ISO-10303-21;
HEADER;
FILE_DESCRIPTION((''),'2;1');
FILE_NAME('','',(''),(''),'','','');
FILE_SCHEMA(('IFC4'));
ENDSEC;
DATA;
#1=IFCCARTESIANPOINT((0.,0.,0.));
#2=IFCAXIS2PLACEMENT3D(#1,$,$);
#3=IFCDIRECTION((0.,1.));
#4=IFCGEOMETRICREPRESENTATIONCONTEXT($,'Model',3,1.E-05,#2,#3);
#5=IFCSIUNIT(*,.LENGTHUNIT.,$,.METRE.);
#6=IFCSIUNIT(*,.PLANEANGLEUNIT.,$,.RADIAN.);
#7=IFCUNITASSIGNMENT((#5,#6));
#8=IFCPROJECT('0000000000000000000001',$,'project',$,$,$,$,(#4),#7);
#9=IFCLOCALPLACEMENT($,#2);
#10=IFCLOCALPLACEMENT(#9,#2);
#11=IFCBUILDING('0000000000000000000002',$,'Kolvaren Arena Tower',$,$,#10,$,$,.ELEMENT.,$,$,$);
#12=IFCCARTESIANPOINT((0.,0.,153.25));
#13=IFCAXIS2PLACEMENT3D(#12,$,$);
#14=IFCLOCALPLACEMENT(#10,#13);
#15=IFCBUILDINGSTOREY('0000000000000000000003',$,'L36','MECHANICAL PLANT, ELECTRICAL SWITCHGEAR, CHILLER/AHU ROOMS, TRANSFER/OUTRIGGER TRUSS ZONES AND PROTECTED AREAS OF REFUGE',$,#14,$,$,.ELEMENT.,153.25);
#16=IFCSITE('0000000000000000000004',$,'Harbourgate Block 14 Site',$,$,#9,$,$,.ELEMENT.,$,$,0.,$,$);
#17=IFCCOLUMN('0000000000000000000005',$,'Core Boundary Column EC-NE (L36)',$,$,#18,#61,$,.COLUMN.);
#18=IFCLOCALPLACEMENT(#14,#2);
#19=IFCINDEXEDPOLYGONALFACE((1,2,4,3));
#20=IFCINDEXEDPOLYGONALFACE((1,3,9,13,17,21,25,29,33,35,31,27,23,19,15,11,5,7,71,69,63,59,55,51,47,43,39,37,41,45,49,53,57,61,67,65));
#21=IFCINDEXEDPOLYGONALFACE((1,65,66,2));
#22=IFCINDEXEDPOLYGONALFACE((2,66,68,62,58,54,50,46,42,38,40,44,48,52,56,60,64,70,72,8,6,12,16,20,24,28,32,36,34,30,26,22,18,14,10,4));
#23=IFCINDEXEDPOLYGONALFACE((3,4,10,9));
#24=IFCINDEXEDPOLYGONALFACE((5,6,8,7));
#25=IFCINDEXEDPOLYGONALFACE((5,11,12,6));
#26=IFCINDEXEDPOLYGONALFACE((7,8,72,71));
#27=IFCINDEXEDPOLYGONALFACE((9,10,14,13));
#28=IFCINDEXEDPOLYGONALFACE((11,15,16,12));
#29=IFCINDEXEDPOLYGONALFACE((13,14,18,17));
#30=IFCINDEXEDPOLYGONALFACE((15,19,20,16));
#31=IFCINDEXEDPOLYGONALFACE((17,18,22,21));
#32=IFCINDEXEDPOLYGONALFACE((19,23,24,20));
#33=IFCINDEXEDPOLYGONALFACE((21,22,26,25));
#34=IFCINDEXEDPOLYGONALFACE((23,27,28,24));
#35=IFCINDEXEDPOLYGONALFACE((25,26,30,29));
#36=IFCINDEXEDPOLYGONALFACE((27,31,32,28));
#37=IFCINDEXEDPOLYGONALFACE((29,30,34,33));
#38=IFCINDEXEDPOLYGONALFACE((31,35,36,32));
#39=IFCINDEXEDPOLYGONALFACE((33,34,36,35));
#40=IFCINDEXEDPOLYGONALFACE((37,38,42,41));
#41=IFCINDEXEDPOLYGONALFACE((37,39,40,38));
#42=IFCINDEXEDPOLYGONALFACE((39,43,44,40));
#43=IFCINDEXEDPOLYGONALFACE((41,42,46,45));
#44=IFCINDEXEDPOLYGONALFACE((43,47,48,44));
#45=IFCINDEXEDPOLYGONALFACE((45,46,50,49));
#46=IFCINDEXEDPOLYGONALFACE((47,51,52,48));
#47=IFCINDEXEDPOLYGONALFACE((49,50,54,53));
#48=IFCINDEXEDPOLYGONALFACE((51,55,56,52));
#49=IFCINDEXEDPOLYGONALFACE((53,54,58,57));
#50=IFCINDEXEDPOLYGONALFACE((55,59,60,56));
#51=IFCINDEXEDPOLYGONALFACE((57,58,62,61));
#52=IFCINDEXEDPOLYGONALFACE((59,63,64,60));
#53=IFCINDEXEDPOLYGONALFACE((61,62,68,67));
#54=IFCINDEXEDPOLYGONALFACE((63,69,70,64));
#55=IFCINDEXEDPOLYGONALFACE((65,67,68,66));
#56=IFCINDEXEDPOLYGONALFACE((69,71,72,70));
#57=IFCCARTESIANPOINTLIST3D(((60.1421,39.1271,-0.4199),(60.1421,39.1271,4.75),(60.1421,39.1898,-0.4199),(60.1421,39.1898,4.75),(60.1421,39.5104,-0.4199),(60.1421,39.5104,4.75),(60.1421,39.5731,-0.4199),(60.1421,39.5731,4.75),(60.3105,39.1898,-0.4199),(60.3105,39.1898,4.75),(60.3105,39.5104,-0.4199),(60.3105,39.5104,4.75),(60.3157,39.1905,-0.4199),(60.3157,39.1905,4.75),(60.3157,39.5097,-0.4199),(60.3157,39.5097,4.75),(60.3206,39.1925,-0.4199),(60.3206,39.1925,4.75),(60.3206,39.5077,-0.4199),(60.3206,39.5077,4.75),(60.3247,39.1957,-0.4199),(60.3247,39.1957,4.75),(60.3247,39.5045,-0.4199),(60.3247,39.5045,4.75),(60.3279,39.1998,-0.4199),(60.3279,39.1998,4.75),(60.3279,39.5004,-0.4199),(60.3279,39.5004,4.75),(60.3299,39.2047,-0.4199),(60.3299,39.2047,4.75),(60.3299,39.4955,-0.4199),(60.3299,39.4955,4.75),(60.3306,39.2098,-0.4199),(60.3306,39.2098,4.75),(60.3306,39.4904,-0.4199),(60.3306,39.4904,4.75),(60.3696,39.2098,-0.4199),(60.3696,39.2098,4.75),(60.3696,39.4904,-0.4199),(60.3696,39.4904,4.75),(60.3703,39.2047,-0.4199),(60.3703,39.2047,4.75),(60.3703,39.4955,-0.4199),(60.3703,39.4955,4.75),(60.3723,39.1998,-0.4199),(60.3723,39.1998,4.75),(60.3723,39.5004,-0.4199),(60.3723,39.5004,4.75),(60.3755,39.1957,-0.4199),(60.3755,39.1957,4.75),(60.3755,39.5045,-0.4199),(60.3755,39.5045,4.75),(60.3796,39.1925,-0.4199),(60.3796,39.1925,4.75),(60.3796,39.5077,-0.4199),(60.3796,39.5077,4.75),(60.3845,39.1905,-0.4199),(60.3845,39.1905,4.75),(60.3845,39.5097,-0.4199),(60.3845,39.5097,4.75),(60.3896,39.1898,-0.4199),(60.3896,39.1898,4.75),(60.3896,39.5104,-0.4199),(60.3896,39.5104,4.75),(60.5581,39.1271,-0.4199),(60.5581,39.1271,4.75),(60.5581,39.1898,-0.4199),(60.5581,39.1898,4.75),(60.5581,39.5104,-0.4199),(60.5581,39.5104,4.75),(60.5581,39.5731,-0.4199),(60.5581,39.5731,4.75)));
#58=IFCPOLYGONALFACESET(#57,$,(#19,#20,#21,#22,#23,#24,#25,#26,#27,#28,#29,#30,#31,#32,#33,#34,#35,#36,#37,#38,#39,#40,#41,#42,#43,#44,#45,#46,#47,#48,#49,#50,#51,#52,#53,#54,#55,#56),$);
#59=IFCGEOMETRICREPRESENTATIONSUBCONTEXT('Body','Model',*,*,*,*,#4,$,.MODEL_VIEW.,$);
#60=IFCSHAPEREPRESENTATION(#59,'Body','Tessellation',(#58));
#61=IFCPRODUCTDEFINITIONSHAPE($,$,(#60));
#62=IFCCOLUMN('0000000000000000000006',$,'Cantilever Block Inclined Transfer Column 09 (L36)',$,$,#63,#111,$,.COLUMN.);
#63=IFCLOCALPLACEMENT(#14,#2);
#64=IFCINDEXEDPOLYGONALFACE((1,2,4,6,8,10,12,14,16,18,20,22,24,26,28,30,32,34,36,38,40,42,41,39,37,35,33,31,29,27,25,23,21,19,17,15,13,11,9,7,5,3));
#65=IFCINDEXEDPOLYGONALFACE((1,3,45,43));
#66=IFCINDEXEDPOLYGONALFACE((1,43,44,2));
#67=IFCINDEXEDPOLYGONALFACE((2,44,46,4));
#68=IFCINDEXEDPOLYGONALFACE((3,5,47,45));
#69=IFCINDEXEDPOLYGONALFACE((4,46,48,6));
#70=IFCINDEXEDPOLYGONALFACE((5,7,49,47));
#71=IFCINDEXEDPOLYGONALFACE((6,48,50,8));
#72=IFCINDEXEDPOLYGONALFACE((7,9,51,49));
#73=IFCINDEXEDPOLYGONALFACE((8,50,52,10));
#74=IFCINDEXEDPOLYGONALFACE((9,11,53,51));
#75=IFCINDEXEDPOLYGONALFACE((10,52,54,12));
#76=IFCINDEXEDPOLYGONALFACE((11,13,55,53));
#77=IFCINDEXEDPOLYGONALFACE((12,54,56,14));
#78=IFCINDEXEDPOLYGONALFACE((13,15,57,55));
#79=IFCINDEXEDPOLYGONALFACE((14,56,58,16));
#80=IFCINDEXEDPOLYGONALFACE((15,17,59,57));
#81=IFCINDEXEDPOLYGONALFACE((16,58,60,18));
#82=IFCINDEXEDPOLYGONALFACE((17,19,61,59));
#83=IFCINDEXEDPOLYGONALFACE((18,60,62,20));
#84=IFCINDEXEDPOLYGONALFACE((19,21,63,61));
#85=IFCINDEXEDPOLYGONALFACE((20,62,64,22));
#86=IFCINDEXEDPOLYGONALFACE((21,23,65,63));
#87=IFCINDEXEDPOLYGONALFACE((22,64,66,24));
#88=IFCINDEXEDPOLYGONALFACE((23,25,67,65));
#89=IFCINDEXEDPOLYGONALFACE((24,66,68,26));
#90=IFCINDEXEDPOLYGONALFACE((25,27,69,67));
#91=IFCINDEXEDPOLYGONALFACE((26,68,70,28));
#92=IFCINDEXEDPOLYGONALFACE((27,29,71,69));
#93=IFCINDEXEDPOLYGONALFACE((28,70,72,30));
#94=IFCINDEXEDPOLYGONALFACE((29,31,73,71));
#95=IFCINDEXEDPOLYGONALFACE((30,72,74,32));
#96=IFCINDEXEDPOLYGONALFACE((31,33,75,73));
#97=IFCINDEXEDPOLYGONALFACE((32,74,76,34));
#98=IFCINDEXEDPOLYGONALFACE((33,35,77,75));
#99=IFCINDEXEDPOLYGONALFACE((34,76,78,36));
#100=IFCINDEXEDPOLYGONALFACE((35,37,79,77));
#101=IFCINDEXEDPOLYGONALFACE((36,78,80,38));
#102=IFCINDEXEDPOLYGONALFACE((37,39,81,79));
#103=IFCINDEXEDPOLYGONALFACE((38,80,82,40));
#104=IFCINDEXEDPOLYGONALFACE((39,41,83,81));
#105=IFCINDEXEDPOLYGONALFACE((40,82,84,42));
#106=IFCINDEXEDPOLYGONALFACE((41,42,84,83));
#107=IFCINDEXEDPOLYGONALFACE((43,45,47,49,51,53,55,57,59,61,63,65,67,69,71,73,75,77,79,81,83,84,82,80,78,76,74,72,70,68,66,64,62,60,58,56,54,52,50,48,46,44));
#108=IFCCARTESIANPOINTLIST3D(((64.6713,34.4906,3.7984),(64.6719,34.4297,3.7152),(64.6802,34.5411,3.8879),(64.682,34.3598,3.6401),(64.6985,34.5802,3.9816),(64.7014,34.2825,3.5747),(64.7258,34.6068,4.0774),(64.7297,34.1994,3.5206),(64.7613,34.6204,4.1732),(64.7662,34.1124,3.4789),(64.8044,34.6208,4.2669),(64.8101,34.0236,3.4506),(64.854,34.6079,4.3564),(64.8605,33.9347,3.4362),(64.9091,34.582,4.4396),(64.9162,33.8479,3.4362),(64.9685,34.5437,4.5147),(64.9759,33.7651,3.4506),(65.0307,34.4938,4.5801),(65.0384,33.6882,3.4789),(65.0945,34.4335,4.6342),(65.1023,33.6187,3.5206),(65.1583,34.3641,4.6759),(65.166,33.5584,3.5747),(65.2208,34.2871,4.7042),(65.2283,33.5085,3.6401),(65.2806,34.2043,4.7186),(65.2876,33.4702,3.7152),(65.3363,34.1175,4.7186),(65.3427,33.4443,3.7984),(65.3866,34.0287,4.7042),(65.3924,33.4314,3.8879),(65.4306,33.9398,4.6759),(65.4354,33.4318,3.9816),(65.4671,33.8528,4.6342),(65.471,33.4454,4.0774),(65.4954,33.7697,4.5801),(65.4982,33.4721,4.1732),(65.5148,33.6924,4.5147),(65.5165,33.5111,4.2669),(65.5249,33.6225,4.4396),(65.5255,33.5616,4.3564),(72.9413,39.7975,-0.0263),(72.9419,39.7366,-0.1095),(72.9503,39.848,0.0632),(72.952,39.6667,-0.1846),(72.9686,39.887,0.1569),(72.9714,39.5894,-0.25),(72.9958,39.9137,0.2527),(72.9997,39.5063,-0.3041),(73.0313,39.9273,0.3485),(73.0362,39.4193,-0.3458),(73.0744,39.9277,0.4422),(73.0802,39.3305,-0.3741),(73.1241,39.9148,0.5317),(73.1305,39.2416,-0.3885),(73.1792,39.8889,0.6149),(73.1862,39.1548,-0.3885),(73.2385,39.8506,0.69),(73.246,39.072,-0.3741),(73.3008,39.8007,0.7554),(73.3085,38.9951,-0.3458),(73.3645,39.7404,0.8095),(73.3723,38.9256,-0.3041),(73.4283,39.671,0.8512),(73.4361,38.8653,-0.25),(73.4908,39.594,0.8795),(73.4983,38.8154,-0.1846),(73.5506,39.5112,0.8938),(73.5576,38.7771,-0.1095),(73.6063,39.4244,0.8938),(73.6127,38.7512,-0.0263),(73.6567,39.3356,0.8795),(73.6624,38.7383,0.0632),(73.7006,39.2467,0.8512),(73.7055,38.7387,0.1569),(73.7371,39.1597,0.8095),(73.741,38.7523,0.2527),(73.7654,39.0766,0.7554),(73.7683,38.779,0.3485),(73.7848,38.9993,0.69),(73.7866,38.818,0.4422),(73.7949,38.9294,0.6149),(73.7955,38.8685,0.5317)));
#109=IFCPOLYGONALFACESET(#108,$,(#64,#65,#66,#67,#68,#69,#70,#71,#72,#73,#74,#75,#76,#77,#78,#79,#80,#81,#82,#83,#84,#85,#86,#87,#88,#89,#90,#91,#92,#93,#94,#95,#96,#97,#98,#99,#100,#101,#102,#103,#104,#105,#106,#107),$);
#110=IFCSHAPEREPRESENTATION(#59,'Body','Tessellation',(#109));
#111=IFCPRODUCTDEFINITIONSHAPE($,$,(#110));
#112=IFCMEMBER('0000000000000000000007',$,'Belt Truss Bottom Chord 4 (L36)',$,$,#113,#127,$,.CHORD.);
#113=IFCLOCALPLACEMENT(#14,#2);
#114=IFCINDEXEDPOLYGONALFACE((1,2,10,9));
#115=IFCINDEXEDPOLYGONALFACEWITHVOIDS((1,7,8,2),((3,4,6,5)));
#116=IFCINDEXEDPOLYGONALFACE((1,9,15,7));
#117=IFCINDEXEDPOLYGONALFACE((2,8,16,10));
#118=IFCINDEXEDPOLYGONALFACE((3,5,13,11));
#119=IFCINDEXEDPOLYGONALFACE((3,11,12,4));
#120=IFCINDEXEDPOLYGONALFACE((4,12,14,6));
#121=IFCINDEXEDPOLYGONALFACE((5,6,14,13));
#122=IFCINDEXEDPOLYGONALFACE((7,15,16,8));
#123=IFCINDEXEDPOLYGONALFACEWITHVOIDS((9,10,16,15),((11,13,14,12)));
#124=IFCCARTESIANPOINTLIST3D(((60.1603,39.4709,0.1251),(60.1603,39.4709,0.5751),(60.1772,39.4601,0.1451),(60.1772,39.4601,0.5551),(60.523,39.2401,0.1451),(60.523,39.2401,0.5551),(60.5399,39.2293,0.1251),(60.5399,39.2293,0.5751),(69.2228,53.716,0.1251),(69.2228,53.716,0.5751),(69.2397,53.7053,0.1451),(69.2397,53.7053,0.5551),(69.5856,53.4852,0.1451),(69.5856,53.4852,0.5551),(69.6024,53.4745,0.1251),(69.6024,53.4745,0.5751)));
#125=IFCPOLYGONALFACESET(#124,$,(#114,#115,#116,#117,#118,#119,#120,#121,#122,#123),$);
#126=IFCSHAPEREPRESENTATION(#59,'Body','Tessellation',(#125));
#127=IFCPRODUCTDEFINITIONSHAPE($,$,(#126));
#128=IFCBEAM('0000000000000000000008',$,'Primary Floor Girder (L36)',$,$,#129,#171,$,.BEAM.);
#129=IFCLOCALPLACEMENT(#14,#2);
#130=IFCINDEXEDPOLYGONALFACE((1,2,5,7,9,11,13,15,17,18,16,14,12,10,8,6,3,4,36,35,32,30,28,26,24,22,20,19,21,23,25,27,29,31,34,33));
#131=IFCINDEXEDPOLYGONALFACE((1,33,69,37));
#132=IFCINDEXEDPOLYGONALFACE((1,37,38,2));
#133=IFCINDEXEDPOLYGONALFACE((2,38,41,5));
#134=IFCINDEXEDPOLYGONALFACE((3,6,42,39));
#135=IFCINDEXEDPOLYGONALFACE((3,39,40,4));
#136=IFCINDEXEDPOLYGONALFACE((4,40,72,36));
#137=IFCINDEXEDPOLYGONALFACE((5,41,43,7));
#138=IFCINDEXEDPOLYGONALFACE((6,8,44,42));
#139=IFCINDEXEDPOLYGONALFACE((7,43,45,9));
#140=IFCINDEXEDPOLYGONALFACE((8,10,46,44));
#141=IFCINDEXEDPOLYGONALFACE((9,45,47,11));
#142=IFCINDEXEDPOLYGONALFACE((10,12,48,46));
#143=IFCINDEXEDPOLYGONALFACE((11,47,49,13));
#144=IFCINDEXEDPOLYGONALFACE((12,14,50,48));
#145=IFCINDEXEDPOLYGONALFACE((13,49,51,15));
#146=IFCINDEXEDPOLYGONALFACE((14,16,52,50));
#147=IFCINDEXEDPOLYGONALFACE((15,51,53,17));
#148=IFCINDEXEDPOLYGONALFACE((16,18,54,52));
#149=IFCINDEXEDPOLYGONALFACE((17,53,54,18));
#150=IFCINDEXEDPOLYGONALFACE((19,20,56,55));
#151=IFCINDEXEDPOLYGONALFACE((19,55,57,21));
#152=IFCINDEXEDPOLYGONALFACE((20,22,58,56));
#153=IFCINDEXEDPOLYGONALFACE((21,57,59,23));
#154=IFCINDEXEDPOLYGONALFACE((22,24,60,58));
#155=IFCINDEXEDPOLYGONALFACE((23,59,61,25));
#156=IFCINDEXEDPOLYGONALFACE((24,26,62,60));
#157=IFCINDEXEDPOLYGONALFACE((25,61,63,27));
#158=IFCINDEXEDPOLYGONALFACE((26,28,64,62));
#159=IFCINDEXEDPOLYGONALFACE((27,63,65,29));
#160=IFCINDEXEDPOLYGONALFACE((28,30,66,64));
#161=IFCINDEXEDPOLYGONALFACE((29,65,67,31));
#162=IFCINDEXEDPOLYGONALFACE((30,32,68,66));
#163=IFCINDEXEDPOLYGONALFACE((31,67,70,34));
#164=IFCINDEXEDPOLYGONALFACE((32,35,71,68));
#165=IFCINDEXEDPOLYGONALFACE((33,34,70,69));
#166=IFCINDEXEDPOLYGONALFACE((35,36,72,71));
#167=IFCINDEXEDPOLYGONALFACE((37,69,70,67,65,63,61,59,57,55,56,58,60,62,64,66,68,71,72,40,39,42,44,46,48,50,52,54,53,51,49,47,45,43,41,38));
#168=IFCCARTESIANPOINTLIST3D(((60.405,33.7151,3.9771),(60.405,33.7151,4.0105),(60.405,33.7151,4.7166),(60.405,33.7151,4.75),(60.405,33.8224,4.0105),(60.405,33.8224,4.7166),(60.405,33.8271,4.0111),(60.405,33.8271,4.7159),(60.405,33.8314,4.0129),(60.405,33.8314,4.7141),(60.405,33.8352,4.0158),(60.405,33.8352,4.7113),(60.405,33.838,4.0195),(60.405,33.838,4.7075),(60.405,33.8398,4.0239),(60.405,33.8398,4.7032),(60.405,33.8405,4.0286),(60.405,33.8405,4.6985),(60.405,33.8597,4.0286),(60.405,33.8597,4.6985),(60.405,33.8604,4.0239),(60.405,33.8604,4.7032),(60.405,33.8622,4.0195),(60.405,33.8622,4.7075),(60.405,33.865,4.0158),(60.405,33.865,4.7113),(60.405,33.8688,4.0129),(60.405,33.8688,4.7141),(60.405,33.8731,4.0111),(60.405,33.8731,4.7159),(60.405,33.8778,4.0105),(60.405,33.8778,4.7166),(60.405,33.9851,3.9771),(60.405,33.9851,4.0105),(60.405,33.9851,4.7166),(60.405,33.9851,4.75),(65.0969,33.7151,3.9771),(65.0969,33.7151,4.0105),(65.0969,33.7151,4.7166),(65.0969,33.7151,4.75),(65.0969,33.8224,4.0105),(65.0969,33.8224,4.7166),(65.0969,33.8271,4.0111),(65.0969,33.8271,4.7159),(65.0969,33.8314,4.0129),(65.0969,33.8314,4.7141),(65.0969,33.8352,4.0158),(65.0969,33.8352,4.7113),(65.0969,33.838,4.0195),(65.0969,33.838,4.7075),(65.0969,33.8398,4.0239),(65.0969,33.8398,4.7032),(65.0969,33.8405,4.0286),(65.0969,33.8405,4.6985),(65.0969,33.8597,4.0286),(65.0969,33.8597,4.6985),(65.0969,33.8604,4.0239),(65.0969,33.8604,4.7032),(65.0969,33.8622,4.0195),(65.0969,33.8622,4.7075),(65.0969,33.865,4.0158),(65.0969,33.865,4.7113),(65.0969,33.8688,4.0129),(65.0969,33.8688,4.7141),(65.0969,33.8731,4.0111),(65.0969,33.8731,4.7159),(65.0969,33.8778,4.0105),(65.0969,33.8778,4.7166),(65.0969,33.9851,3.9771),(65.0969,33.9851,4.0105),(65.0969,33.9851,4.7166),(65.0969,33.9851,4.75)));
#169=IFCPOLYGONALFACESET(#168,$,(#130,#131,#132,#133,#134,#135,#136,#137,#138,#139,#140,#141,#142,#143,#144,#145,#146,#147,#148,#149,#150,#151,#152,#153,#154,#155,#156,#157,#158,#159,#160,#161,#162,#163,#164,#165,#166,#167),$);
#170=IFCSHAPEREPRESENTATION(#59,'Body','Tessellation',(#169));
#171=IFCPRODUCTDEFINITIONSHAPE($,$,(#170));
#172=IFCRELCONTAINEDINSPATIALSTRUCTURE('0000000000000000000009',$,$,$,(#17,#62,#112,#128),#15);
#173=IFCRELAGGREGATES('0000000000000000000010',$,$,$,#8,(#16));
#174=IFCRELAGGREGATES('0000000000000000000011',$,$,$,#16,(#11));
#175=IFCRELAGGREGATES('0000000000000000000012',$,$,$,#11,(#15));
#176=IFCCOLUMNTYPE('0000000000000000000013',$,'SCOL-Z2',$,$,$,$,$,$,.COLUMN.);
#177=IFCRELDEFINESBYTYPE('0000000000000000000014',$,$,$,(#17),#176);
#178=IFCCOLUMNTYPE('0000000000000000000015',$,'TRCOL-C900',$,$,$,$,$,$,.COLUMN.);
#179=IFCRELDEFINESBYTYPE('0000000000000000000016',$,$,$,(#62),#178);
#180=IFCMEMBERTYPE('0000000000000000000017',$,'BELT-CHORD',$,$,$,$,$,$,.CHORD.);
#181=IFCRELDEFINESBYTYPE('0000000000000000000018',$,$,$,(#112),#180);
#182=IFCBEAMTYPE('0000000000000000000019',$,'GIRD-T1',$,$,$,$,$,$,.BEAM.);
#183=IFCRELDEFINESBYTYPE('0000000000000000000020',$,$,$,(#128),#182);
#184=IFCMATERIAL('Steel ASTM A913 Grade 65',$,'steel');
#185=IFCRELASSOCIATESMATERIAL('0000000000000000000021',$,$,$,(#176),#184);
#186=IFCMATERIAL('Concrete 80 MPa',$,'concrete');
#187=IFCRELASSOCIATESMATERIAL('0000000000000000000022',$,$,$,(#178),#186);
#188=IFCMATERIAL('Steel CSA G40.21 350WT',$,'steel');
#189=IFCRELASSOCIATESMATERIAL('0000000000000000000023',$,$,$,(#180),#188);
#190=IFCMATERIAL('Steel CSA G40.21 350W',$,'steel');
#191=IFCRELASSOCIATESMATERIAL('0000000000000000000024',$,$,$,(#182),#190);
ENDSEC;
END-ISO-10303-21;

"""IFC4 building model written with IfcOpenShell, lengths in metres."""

from ifc_helpers import new_model, si_unit, direction, frame, origin, origin_2d, place, context, subcontext, project, spatial, hollow_rectangle, circle, i_section, extrude, material, material_profile, profile_set, type_object, element, save


model = new_model("IFC4")

# Units and contexts
model_context = context("Model", 3, precision=1e-05, world=origin(), true_north=direction((0.0, 1.0)))
body_context = subcontext(model_context, "Body", "Model", "MODEL_VIEW")
ifc_project = project(units=[si_unit("LENGTHUNIT", "METRE"), si_unit("PLANEANGLEUNIT", "RADIAN")], contexts=[model_context])

# Site, building, storey
site_placement = place(None, origin())
site = spatial("IfcSite", under=ifc_project, at=site_placement, Name="Harbourgate Block 14 Site", CompositionType="ELEMENT", RefElevation=0.0)
building_placement = place(site_placement, origin())
building = spatial("IfcBuilding", under=site, at=building_placement, Name="Kolvaren Arena Tower", CompositionType="ELEMENT")
storey_placement = place(building_placement, frame((0.0, 0.0, 153.25)))
storey = spatial("IfcBuildingStorey", under=building, at=storey_placement, Name="L36", Description="MECHANICAL PLANT, ELECTRICAL SWITCHGEAR, CHILLER/AHU ROOMS, TRANSFER/OUTRIGGER TRUSS ZONES AND PROTECTED AREAS OF REFUGE", CompositionType="ELEMENT", Elevation=153.25)

# Columns
ifc_material_1 = material(Name="Steel ASTM A913 Grade 65", Category="steel")
ifc_material_profile_1 = material_profile(ifc_material_1, i_section(OverallWidth=0.416, OverallDepth=0.446, WebThickness=0.0391, FlangeThickness=0.0627, FilletRadius=0.02, at=origin_2d()), Name="W360x509")
ifc_profile_set_1 = profile_set([ifc_material_profile_1], Name="Steel ASTM A913 Grade 65")
column_type_1 = type_object("IfcColumnType", Name="SCOL-Z2", PredefinedType="COLUMN", material=ifc_profile_set_1)
column_1_placement = place(storey_placement, frame((60.3501, 39.3501, -0.4199), z_axis=(0.0, 0.0, 1.0), x_axis=(1.0, 0.0, 0.0)))
element("IfcColumn", 1, at=column_1_placement, inside=storey, type_object=column_type_1, Name="Core Boundary Column EC-NE (L36)", PredefinedType="COLUMN", context=body_context, shape_type="SweptSolid", body=[
    extrude(i_section(OverallWidth=0.416, OverallDepth=0.446, WebThickness=0.0391, FlangeThickness=0.0627, FilletRadius=0.02, at=origin_2d()), origin(), (0.0, 0.0, 1.0), 5.1699),
])
ifc_material_2 = material(Name="Concrete 80 MPa", Category="concrete")
ifc_material_profile_2 = material_profile(ifc_material_2, circle(Radius=0.6899, at=origin_2d()), Name="RC-CIRC-1380")
ifc_profile_set_2 = profile_set([ifc_material_profile_2], Name="Concrete 80 MPa")
column_type_2 = type_object("IfcColumnType", Name="TRCOL-C900", PredefinedType="COLUMN", material=ifc_profile_set_2)
column_2_placement = place(storey_placement, frame((73.3684, 39.333, 0.2527), z_axis=(-0.784303, -0.503289, 0.362724), x_axis=(0.540069, -0.841621, 0.0)))
element("IfcColumn", 2, at=column_2_placement, inside=storey, type_object=column_type_2, Name="Cantilever Block Inclined Transfer Column 09 (L36)", PredefinedType="COLUMN", context=body_context, shape_type="SweptSolid", body=[
    extrude(circle(Radius=0.6899, at=origin_2d()), origin(), (0.0, 0.0, 1.0), 10.5444),
])

# Member
ifc_material_3 = material(Name="Steel CSA G40.21 350WT", Category="steel")
ifc_material_profile_3 = material_profile(ifc_material_3, hollow_rectangle(XDim=0.45, YDim=0.45, WallThickness=0.02, at=origin_2d()), Name="HSS 450x450x20")
ifc_profile_set_3 = profile_set([ifc_material_profile_3], Name="Steel CSA G40.21 350WT")
member_type_1 = type_object("IfcMemberType", Name="BELT-CHORD", PredefinedType="CHORD", material=ifc_profile_set_3)
member_1_placement = place(storey_placement, frame((60.3501, 39.3501, 0.3501), z_axis=(0.536767, 0.843731, 0.0), x_axis=(-0.843731, 0.536767, 0.0)))
element("IfcMember", 3, at=member_1_placement, inside=storey, type_object=member_type_1, Name="Belt Truss Bottom Chord 4 (L36)", PredefinedType="CHORD", context=body_context, shape_type="SweptSolid", body=[
    extrude(hollow_rectangle(XDim=0.45, YDim=0.45, WallThickness=0.02, at=origin_2d()), origin(), (0.0, 0.0, 1.0), 16.8835),
])

# Beam
ifc_material_4 = material(Name="Steel CSA G40.21 350W", Category="steel")
ifc_material_profile_4 = material_profile(ifc_material_4, i_section(OverallWidth=0.27, OverallDepth=0.7729, WebThickness=0.0193, FlangeThickness=0.0334, FilletRadius=0.0181, at=origin_2d()), Name="W760x257")
ifc_profile_set_4 = profile_set([ifc_material_profile_4], Name="Steel CSA G40.21 350W")
beam_type_1 = type_object("IfcBeamType", Name="GIRD-T1", PredefinedType="BEAM", material=ifc_profile_set_4)
beam_1_placement = place(storey_placement, frame((60.405, 33.8501, 4.3635), z_axis=(1.0, 0.0, 0.0), x_axis=(0.0, 1.0, 0.0)))
element("IfcBeam", 4, at=beam_1_placement, inside=storey, type_object=beam_type_1, Name="Primary Floor Girder (L36)", PredefinedType="BEAM", context=body_context, shape_type="SweptSolid", body=[
    extrude(i_section(OverallWidth=0.27, OverallDepth=0.7729, WebThickness=0.0193, FlangeThickness=0.0334, FilletRadius=0.0181, at=origin_2d()), origin(), (0.0, 0.0, 1.0), 4.6919),
])

save(model, "model.ifc")
